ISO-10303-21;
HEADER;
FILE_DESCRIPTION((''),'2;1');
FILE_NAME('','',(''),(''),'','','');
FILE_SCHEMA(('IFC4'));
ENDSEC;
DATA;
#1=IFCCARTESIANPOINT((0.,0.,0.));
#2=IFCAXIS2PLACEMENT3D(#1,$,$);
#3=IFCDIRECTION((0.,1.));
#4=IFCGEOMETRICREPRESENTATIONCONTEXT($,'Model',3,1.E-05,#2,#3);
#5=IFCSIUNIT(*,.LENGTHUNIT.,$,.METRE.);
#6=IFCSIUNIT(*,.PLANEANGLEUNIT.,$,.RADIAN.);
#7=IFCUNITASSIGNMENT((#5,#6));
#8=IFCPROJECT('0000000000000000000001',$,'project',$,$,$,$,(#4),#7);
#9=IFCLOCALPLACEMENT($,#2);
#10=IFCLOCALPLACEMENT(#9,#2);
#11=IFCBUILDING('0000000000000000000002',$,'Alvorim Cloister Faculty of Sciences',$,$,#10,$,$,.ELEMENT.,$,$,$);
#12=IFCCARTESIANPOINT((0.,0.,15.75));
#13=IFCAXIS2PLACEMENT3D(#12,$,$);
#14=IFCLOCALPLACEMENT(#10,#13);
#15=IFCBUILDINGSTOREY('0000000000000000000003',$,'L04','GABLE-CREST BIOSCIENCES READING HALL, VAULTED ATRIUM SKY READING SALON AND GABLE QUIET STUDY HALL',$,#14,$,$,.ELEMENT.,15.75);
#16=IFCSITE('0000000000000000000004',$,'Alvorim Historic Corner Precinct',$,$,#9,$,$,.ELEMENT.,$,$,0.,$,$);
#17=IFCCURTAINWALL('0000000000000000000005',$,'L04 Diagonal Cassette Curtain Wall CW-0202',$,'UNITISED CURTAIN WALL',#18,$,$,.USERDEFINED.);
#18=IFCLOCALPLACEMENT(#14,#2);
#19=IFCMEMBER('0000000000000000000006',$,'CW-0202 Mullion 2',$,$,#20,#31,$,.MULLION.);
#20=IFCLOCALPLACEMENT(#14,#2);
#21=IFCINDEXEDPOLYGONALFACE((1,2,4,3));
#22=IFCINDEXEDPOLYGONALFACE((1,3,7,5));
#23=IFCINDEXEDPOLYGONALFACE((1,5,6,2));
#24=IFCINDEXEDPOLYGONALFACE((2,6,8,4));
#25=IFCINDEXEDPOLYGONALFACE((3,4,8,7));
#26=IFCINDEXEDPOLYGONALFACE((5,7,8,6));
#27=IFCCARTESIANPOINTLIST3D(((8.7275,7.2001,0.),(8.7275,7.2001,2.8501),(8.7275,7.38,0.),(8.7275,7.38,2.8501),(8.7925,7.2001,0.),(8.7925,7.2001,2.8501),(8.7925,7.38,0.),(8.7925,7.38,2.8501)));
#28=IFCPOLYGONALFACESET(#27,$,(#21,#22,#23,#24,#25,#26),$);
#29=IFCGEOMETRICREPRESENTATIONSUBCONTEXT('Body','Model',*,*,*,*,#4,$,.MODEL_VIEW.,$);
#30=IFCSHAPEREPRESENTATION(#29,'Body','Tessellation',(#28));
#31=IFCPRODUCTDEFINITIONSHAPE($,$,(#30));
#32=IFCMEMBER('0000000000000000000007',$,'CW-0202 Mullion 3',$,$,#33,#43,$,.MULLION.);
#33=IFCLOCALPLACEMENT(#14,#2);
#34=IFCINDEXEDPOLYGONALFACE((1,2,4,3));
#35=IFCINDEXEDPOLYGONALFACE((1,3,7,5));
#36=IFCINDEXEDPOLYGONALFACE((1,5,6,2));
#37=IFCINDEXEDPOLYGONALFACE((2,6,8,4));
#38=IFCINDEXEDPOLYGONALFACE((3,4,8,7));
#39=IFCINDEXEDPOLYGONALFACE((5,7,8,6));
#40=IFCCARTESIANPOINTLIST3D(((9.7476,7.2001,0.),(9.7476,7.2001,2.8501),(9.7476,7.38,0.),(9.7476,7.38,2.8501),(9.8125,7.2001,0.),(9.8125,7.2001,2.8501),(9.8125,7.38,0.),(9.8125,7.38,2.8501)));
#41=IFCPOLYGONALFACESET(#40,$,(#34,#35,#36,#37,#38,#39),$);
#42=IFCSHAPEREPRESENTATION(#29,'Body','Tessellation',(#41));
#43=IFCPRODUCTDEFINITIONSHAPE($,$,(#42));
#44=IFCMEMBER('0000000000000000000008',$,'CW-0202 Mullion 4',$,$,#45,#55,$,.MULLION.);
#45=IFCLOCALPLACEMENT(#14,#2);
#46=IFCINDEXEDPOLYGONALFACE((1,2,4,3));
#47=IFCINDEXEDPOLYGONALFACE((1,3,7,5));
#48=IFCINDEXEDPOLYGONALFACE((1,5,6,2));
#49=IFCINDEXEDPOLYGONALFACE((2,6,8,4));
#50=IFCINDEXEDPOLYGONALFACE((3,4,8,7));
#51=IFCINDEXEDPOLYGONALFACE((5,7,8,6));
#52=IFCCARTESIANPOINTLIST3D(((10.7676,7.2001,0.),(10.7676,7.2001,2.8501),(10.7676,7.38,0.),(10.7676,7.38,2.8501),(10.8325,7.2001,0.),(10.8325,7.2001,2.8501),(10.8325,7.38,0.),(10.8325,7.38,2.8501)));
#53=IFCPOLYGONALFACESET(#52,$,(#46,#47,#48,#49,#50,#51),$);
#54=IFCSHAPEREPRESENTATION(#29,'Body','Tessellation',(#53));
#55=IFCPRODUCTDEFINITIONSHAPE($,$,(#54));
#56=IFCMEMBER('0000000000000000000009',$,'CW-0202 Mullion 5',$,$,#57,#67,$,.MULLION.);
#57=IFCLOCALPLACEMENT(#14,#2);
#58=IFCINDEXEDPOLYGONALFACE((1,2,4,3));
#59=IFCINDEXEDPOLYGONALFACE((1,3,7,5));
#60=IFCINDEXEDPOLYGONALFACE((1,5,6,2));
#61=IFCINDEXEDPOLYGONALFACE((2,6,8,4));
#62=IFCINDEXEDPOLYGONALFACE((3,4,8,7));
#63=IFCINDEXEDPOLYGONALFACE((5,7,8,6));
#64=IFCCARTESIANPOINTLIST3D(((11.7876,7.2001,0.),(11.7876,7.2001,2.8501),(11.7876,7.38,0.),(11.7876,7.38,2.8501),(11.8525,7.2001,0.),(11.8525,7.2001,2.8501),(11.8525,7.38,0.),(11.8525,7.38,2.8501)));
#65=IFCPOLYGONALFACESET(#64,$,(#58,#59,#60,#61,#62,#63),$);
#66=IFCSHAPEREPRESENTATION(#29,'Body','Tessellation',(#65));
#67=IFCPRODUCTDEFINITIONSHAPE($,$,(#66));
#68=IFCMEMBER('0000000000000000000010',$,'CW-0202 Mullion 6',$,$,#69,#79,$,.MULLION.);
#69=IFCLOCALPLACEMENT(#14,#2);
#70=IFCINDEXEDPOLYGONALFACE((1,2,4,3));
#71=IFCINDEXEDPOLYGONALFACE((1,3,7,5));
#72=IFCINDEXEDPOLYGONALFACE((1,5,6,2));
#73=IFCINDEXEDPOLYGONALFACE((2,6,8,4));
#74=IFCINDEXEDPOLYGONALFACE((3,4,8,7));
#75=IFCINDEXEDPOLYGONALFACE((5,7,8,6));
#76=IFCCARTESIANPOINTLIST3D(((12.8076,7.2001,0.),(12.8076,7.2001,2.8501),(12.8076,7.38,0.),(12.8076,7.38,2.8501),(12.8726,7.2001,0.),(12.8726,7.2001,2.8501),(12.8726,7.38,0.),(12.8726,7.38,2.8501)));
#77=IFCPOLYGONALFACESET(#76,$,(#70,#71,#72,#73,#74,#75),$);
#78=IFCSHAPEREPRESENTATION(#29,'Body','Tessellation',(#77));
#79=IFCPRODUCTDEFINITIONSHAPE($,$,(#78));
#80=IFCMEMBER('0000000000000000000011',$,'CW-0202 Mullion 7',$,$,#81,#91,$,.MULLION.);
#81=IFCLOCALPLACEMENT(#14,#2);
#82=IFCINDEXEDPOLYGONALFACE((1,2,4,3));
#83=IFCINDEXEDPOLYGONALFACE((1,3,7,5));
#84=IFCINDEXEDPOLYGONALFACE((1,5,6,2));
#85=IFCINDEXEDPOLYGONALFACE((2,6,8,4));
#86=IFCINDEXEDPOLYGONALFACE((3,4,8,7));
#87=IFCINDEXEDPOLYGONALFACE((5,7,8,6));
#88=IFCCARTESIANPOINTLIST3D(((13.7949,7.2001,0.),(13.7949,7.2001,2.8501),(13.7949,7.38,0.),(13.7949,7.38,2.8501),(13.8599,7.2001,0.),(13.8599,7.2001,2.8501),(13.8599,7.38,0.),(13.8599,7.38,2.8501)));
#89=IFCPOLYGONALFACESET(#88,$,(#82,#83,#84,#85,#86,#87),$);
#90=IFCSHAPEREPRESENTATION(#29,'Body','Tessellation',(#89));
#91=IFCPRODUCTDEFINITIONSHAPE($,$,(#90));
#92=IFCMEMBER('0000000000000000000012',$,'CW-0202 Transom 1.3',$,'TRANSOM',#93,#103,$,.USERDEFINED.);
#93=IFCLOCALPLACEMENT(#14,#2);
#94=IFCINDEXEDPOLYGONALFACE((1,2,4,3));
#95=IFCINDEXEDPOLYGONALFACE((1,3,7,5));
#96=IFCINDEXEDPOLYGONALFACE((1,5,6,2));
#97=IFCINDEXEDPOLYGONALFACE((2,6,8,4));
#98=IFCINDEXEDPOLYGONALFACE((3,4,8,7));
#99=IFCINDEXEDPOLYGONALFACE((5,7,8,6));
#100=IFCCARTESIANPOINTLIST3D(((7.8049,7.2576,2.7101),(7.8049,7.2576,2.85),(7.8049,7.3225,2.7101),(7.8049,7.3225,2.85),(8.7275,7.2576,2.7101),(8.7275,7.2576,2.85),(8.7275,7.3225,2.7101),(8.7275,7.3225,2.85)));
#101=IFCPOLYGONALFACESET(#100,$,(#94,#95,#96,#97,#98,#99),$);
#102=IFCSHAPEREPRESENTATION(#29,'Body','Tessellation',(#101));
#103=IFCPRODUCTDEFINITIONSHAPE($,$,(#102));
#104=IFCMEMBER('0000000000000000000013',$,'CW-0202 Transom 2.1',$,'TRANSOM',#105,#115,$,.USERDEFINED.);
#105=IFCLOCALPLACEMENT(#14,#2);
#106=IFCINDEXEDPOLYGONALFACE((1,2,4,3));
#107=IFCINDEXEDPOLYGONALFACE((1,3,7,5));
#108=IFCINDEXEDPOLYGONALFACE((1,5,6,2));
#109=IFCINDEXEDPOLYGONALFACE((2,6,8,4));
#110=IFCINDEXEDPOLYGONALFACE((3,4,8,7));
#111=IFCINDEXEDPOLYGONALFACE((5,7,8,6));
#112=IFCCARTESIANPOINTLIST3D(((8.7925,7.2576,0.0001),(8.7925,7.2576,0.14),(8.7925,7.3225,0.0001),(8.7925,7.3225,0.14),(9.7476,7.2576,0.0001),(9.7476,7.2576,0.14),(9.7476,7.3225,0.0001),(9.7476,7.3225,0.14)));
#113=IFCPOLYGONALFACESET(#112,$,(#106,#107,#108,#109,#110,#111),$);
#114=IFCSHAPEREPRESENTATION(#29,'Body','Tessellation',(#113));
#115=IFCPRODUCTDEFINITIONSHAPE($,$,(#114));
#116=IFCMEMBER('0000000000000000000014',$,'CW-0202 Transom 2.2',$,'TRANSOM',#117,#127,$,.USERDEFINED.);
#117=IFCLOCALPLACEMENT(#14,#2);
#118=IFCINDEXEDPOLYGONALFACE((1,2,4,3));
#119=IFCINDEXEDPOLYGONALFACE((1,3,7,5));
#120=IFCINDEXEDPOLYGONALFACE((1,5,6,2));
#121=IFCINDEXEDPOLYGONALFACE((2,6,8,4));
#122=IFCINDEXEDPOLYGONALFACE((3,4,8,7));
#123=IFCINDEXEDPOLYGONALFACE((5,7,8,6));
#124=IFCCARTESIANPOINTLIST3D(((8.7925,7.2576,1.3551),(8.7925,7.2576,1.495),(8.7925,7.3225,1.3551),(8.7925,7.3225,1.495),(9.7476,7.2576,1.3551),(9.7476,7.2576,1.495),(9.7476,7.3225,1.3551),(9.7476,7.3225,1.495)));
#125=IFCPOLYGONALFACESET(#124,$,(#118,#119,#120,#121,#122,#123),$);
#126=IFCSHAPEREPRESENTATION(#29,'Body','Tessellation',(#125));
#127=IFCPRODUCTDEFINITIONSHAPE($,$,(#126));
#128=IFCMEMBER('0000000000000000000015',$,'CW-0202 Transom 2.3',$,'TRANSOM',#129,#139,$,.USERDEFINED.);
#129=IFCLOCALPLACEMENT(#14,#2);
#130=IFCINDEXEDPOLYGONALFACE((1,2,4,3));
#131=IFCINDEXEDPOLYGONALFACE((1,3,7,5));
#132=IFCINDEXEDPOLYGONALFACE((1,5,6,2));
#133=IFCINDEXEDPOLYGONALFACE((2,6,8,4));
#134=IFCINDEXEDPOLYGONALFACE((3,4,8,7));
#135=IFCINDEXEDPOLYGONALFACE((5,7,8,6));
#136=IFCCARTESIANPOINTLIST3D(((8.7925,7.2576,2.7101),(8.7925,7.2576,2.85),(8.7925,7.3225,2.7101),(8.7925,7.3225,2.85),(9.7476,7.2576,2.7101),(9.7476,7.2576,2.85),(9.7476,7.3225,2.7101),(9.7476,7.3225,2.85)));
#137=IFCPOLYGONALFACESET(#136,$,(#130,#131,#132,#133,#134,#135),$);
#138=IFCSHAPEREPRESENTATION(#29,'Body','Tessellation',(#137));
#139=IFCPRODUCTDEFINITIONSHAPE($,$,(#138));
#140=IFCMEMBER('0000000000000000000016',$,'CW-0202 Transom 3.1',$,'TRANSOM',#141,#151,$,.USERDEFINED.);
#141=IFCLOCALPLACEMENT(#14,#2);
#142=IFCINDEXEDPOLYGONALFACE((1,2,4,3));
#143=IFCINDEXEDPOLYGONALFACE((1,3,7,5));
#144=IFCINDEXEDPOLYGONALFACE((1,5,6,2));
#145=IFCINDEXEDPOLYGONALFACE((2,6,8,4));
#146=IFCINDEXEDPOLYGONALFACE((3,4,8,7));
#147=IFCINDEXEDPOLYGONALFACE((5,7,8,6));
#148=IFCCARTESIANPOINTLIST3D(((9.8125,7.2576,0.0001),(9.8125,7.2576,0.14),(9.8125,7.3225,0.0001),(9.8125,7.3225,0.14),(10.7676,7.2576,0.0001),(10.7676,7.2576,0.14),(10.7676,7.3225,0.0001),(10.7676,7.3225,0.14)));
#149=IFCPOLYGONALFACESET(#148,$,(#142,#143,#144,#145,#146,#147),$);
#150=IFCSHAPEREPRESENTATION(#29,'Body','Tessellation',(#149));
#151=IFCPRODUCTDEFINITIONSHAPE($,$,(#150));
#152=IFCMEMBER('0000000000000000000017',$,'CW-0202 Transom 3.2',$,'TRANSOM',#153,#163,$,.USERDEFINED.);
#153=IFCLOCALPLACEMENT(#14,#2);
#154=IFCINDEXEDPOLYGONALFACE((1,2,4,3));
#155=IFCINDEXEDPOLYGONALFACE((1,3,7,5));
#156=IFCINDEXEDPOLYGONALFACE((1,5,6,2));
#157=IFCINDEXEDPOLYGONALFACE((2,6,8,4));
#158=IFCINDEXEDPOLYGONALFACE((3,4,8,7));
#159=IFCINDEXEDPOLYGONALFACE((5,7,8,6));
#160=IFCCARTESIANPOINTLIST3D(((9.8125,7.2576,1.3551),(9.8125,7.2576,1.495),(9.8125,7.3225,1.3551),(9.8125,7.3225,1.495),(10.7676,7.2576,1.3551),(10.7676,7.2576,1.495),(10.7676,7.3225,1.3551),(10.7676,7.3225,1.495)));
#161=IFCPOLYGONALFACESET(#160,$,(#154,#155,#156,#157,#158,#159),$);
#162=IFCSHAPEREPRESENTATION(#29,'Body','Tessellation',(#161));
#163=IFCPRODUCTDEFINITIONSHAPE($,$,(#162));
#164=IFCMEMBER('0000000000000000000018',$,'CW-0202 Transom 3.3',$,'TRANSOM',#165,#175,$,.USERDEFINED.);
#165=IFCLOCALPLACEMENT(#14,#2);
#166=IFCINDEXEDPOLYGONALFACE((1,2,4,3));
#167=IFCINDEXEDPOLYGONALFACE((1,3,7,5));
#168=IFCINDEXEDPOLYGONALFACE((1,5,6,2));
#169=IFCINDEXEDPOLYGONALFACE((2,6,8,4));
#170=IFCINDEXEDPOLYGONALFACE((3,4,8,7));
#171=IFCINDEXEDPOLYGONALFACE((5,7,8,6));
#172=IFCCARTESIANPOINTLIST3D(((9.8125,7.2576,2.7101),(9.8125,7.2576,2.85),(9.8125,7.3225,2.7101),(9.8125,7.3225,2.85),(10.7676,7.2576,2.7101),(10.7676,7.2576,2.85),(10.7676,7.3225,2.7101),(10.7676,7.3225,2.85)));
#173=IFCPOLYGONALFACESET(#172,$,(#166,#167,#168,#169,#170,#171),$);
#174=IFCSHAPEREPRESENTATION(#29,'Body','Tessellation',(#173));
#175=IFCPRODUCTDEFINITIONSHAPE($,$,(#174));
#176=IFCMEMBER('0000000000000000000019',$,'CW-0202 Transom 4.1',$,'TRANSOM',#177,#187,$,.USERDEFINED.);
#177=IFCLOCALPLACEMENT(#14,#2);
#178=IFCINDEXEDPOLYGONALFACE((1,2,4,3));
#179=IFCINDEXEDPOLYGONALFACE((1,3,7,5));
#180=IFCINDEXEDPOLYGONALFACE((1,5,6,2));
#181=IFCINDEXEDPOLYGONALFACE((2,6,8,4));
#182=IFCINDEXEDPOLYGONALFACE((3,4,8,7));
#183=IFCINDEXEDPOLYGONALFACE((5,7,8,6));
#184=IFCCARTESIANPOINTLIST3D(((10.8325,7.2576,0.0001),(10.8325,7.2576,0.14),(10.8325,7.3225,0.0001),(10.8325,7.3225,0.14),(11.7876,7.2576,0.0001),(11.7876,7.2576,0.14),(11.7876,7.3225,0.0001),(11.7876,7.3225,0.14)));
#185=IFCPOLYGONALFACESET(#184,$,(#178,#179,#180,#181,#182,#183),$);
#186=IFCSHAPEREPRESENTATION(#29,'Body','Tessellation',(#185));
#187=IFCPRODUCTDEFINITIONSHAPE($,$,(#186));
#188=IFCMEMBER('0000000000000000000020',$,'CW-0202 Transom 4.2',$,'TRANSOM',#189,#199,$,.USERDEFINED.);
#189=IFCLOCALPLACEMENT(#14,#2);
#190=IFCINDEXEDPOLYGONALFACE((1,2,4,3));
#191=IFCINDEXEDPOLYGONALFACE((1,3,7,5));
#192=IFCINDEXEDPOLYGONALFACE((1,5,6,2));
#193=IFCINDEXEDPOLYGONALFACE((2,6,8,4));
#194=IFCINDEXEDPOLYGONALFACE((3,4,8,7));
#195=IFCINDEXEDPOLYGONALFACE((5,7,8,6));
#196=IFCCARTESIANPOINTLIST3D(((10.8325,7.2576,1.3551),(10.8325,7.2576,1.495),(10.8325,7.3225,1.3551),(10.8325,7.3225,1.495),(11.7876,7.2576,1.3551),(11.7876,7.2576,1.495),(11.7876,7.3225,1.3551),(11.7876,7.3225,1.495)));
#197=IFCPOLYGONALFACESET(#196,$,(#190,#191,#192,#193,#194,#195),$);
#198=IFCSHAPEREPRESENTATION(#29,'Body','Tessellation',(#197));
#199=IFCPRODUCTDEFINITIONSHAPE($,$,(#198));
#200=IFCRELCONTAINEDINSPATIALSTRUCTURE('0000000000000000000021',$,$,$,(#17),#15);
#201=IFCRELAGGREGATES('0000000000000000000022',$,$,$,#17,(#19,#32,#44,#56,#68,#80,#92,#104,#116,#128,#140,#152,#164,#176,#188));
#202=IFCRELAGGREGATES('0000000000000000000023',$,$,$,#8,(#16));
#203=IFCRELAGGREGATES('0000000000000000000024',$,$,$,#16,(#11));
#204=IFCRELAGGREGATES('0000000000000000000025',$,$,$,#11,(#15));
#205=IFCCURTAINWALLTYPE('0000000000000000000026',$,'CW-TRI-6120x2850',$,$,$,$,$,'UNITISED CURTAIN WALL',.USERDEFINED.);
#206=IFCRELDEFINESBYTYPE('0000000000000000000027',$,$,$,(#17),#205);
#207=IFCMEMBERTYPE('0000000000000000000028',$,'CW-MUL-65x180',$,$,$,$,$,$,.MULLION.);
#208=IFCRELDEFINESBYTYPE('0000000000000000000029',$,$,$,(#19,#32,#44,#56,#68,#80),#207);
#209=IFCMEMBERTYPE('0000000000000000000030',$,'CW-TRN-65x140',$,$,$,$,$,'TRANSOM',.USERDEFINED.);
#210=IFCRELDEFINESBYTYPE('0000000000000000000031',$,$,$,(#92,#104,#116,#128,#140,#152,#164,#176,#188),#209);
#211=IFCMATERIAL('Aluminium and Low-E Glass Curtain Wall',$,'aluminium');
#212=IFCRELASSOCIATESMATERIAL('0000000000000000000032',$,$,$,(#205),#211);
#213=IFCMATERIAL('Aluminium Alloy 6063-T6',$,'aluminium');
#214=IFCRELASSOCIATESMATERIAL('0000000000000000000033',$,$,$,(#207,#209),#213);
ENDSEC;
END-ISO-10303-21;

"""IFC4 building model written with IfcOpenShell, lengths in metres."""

from ifc_helpers import new_model, si_unit, direction, frame, origin, origin_2d, place, context, subcontext, project, spatial, rectangle, extrude, material, material_profile, profile_set, type_object, element, aggregate, save


model = new_model("IFC4")

# Units and contexts
model_context = context("Model", 3, precision=1e-05, world=origin(), true_north=direction((0.0, 1.0)))
body_context = subcontext(model_context, "Body", "Model", "MODEL_VIEW")
ifc_project = project(units=[si_unit("LENGTHUNIT", "METRE"), si_unit("PLANEANGLEUNIT", "RADIAN")], contexts=[model_context])

# Site, building, storey
site_placement = place(None, origin())
site = spatial("IfcSite", under=ifc_project, at=site_placement, Name="Alvorim Historic Corner Precinct", CompositionType="ELEMENT", RefElevation=0.0)
building_placement = place(site_placement, origin())
building = spatial("IfcBuilding", under=site, at=building_placement, Name="Alvorim Cloister Faculty of Sciences", CompositionType="ELEMENT")
storey_placement = place(building_placement, frame((0.0, 0.0, 15.75)))
storey = spatial("IfcBuildingStorey", under=building, at=storey_placement, Name="L04", Description="GABLE-CREST BIOSCIENCES READING HALL, VAULTED ATRIUM SKY READING SALON AND GABLE QUIET STUDY HALL", CompositionType="ELEMENT", Elevation=15.75)

# Curtain wall, members
ifc_material_1 = material(Name="Aluminium and Low-E Glass Curtain Wall", Category="aluminium")
curtain_wall_type = type_object("IfcCurtainWallType", Name="CW-TRI-6120x2850", ElementType="UNITISED CURTAIN WALL", PredefinedType="USERDEFINED", material=ifc_material_1)
curtain_wall_placement = place(storey_placement, origin())
curtain_wall = element("IfcCurtainWall", 1, at=curtain_wall_placement, inside=storey, type_object=curtain_wall_type, Name="L04 Diagonal Cassette Curtain Wall CW-0202", ObjectType="UNITISED CURTAIN WALL", PredefinedType="USERDEFINED")
ifc_material_2 = material(Name="Aluminium Alloy 6063-T6", Category="aluminium")
ifc_material_profile_1 = material_profile(ifc_material_2, rectangle(XDim=0.0649, YDim=0.1799, at=origin_2d()), Name="ALU-MUL-65x180")
ifc_profile_set_1 = profile_set([ifc_material_profile_1], Name="Aluminium Alloy 6063-T6")
member_type_1 = type_object("IfcMemberType", Name="CW-MUL-65x180", PredefinedType="MULLION", material=ifc_profile_set_1)
member_1_placement = place(storey_placement, frame((8.76, 7.29, 0.0), z_axis=(0.0, 0.0, 1.0), x_axis=(1.0, 0.0, 0.0)))
member_1 = element("IfcMember", 2, at=member_1_placement, type_object=member_type_1, Name="CW-0202 Mullion 2", PredefinedType="MULLION", context=body_context, shape_type="SweptSolid", body=[
    extrude(rectangle(XDim=0.0649, YDim=0.1799, at=origin_2d()), origin(), (0.0, 0.0, 1.0), 2.8501),
])
member_2_placement = place(storey_placement, frame((9.78, 7.29, 0.0), z_axis=(0.0, 0.0, 1.0), x_axis=(1.0, 0.0, 0.0)))
member_2 = element("IfcMember", 3, at=member_2_placement, type_object=member_type_1, Name="CW-0202 Mullion 3", PredefinedType="MULLION", context=body_context, shape_type="SweptSolid", body=[
    extrude(rectangle(XDim=0.0649, YDim=0.1799, at=origin_2d()), origin(), (0.0, 0.0, 1.0), 2.8501),
])
member_3_placement = place(storey_placement, frame((10.8, 7.29, 0.0), z_axis=(0.0, 0.0, 1.0), x_axis=(1.0, 0.0, 0.0)))
member_3 = element("IfcMember", 4, at=member_3_placement, type_object=member_type_1, Name="CW-0202 Mullion 4", PredefinedType="MULLION", context=body_context, shape_type="SweptSolid", body=[
    extrude(rectangle(XDim=0.0649, YDim=0.1799, at=origin_2d()), origin(), (0.0, 0.0, 1.0), 2.8501),
])
member_4_placement = place(storey_placement, frame((11.8201, 7.29, 0.0), z_axis=(0.0, 0.0, 1.0), x_axis=(1.0, 0.0, 0.0)))
member_4 = element("IfcMember", 5, at=member_4_placement, type_object=member_type_1, Name="CW-0202 Mullion 5", PredefinedType="MULLION", context=body_context, shape_type="SweptSolid", body=[
    extrude(rectangle(XDim=0.0649, YDim=0.1799, at=origin_2d()), origin(), (0.0, 0.0, 1.0), 2.8501),
])
member_5_placement = place(storey_placement, frame((12.8401, 7.29, 0.0), z_axis=(0.0, 0.0, 1.0), x_axis=(1.0, 0.0, 0.0)))
member_5 = element("IfcMember", 6, at=member_5_placement, type_object=member_type_1, Name="CW-0202 Mullion 6", PredefinedType="MULLION", context=body_context, shape_type="SweptSolid", body=[
    extrude(rectangle(XDim=0.0649, YDim=0.1799, at=origin_2d()), origin(), (0.0, 0.0, 1.0), 2.8501),
])
member_6_placement = place(storey_placement, frame((13.8274, 7.29, 0.0), z_axis=(0.0, 0.0, 1.0), x_axis=(1.0, 0.0, 0.0)))
member_6 = element("IfcMember", 7, at=member_6_placement, type_object=member_type_1, Name="CW-0202 Mullion 7", PredefinedType="MULLION", context=body_context, shape_type="SweptSolid", body=[
    extrude(rectangle(XDim=0.0649, YDim=0.1799, at=origin_2d()), origin(), (0.0, 0.0, 1.0), 2.8501),
])
ifc_material_profile_2 = material_profile(ifc_material_2, rectangle(XDim=0.0649, YDim=0.1399, at=origin_2d()), Name="ALU-TRN-65x140")
ifc_profile_set_2 = profile_set([ifc_material_profile_2], Name="Aluminium Alloy 6063-T6")
member_type_2 = type_object("IfcMemberType", Name="CW-TRN-65x140", ElementType="TRANSOM", PredefinedType="USERDEFINED", material=ifc_profile_set_2)
member_7_placement = place(storey_placement, frame((7.8049, 7.29, 2.78), z_axis=(1.0, 0.0, 0.0), x_axis=(0.0, 1.0, 0.0)))
member_7 = element("IfcMember", 8, at=member_7_placement, type_object=member_type_2, Name="CW-0202 Transom 1.3", ObjectType="TRANSOM", PredefinedType="USERDEFINED", context=body_context, shape_type="SweptSolid", body=[
    extrude(rectangle(XDim=0.0649, YDim=0.1399, at=origin_2d()), origin(), (0.0, 0.0, 1.0), 0.9226),
])
member_8_placement = place(storey_placement, frame((8.7925, 7.29, 0.0701), z_axis=(1.0, 0.0, 0.0), x_axis=(0.0, 1.0, 0.0)))
member_8 = element("IfcMember", 9, at=member_8_placement, type_object=member_type_2, Name="CW-0202 Transom 2.1", ObjectType="TRANSOM", PredefinedType="USERDEFINED", context=body_context, shape_type="SweptSolid", body=[
    extrude(rectangle(XDim=0.0649, YDim=0.1399, at=origin_2d()), origin(), (0.0, 0.0, 1.0), 0.9551),
])
member_9_placement = place(storey_placement, frame((8.7925, 7.29, 1.425), z_axis=(1.0, 0.0, 0.0), x_axis=(0.0, 1.0, 0.0)))
member_9 = element("IfcMember", 10, at=member_9_placement, type_object=member_type_2, Name="CW-0202 Transom 2.2", ObjectType="TRANSOM", PredefinedType="USERDEFINED", context=body_context, shape_type="SweptSolid", body=[
    extrude(rectangle(XDim=0.0649, YDim=0.1399, at=origin_2d()), origin(), (0.0, 0.0, 1.0), 0.9551),
])
member_10_placement = place(storey_placement, frame((8.7925, 7.29, 2.78), z_axis=(1.0, 0.0, 0.0), x_axis=(0.0, 1.0, 0.0)))
member_10 = element("IfcMember", 11, at=member_10_placement, type_object=member_type_2, Name="CW-0202 Transom 2.3", ObjectType="TRANSOM", PredefinedType="USERDEFINED", context=body_context, shape_type="SweptSolid", body=[
    extrude(rectangle(XDim=0.0649, YDim=0.1399, at=origin_2d()), origin(), (0.0, 0.0, 1.0), 0.9551),
])
member_11_placement = place(storey_placement, frame((9.8125, 7.29, 0.0701), z_axis=(1.0, 0.0, 0.0), x_axis=(0.0, 1.0, 0.0)))
member_11 = element("IfcMember", 12, at=member_11_placement, type_object=member_type_2, Name="CW-0202 Transom 3.1", ObjectType="TRANSOM", PredefinedType="USERDEFINED", context=body_context, shape_type="SweptSolid", body=[
    extrude(rectangle(XDim=0.0649, YDim=0.1399, at=origin_2d()), origin(), (0.0, 0.0, 1.0), 0.9551),
])
member_12_placement = place(storey_placement, frame((9.8125, 7.29, 1.425), z_axis=(1.0, 0.0, 0.0), x_axis=(0.0, 1.0, 0.0)))
member_12 = element("IfcMember", 13, at=member_12_placement, type_object=member_type_2, Name="CW-0202 Transom 3.2", ObjectType="TRANSOM", PredefinedType="USERDEFINED", context=body_context, shape_type="SweptSolid", body=[
    extrude(rectangle(XDim=0.0649, YDim=0.1399, at=origin_2d()), origin(), (0.0, 0.0, 1.0), 0.9551),
])
member_13_placement = place(storey_placement, frame((9.8125, 7.29, 2.78), z_axis=(1.0, 0.0, 0.0), x_axis=(0.0, 1.0, 0.0)))
member_13 = element("IfcMember", 14, at=member_13_placement, type_object=member_type_2, Name="CW-0202 Transom 3.3", ObjectType="TRANSOM", PredefinedType="USERDEFINED", context=body_context, shape_type="SweptSolid", body=[
    extrude(rectangle(XDim=0.0649, YDim=0.1399, at=origin_2d()), origin(), (0.0, 0.0, 1.0), 0.9551),
])
member_14_placement = place(storey_placement, frame((10.8325, 7.29, 0.0701), z_axis=(1.0, 0.0, 0.0), x_axis=(0.0, 1.0, 0.0)))
member_14 = element("IfcMember", 15, at=member_14_placement, type_object=member_type_2, Name="CW-0202 Transom 4.1", ObjectType="TRANSOM", PredefinedType="USERDEFINED", context=body_context, shape_type="SweptSolid", body=[
    extrude(rectangle(XDim=0.0649, YDim=0.1399, at=origin_2d()), origin(), (0.0, 0.0, 1.0), 0.9551),
])
member_15_placement = place(storey_placement, frame((10.8325, 7.29, 1.425), z_axis=(1.0, 0.0, 0.0), x_axis=(0.0, 1.0, 0.0)))
member_15 = element("IfcMember", 16, at=member_15_placement, type_object=member_type_2, Name="CW-0202 Transom 4.2", ObjectType="TRANSOM", PredefinedType="USERDEFINED", context=body_context, shape_type="SweptSolid", body=[
    extrude(rectangle(XDim=0.0649, YDim=0.1399, at=origin_2d()), origin(), (0.0, 0.0, 1.0), 0.9551),
])
aggregate(curtain_wall, [member_1, member_2, member_3, member_4, member_5, member_6, member_7, member_8, member_9, member_10, member_11, member_12, member_13, member_14, member_15])

save(model, "model.ifc")
